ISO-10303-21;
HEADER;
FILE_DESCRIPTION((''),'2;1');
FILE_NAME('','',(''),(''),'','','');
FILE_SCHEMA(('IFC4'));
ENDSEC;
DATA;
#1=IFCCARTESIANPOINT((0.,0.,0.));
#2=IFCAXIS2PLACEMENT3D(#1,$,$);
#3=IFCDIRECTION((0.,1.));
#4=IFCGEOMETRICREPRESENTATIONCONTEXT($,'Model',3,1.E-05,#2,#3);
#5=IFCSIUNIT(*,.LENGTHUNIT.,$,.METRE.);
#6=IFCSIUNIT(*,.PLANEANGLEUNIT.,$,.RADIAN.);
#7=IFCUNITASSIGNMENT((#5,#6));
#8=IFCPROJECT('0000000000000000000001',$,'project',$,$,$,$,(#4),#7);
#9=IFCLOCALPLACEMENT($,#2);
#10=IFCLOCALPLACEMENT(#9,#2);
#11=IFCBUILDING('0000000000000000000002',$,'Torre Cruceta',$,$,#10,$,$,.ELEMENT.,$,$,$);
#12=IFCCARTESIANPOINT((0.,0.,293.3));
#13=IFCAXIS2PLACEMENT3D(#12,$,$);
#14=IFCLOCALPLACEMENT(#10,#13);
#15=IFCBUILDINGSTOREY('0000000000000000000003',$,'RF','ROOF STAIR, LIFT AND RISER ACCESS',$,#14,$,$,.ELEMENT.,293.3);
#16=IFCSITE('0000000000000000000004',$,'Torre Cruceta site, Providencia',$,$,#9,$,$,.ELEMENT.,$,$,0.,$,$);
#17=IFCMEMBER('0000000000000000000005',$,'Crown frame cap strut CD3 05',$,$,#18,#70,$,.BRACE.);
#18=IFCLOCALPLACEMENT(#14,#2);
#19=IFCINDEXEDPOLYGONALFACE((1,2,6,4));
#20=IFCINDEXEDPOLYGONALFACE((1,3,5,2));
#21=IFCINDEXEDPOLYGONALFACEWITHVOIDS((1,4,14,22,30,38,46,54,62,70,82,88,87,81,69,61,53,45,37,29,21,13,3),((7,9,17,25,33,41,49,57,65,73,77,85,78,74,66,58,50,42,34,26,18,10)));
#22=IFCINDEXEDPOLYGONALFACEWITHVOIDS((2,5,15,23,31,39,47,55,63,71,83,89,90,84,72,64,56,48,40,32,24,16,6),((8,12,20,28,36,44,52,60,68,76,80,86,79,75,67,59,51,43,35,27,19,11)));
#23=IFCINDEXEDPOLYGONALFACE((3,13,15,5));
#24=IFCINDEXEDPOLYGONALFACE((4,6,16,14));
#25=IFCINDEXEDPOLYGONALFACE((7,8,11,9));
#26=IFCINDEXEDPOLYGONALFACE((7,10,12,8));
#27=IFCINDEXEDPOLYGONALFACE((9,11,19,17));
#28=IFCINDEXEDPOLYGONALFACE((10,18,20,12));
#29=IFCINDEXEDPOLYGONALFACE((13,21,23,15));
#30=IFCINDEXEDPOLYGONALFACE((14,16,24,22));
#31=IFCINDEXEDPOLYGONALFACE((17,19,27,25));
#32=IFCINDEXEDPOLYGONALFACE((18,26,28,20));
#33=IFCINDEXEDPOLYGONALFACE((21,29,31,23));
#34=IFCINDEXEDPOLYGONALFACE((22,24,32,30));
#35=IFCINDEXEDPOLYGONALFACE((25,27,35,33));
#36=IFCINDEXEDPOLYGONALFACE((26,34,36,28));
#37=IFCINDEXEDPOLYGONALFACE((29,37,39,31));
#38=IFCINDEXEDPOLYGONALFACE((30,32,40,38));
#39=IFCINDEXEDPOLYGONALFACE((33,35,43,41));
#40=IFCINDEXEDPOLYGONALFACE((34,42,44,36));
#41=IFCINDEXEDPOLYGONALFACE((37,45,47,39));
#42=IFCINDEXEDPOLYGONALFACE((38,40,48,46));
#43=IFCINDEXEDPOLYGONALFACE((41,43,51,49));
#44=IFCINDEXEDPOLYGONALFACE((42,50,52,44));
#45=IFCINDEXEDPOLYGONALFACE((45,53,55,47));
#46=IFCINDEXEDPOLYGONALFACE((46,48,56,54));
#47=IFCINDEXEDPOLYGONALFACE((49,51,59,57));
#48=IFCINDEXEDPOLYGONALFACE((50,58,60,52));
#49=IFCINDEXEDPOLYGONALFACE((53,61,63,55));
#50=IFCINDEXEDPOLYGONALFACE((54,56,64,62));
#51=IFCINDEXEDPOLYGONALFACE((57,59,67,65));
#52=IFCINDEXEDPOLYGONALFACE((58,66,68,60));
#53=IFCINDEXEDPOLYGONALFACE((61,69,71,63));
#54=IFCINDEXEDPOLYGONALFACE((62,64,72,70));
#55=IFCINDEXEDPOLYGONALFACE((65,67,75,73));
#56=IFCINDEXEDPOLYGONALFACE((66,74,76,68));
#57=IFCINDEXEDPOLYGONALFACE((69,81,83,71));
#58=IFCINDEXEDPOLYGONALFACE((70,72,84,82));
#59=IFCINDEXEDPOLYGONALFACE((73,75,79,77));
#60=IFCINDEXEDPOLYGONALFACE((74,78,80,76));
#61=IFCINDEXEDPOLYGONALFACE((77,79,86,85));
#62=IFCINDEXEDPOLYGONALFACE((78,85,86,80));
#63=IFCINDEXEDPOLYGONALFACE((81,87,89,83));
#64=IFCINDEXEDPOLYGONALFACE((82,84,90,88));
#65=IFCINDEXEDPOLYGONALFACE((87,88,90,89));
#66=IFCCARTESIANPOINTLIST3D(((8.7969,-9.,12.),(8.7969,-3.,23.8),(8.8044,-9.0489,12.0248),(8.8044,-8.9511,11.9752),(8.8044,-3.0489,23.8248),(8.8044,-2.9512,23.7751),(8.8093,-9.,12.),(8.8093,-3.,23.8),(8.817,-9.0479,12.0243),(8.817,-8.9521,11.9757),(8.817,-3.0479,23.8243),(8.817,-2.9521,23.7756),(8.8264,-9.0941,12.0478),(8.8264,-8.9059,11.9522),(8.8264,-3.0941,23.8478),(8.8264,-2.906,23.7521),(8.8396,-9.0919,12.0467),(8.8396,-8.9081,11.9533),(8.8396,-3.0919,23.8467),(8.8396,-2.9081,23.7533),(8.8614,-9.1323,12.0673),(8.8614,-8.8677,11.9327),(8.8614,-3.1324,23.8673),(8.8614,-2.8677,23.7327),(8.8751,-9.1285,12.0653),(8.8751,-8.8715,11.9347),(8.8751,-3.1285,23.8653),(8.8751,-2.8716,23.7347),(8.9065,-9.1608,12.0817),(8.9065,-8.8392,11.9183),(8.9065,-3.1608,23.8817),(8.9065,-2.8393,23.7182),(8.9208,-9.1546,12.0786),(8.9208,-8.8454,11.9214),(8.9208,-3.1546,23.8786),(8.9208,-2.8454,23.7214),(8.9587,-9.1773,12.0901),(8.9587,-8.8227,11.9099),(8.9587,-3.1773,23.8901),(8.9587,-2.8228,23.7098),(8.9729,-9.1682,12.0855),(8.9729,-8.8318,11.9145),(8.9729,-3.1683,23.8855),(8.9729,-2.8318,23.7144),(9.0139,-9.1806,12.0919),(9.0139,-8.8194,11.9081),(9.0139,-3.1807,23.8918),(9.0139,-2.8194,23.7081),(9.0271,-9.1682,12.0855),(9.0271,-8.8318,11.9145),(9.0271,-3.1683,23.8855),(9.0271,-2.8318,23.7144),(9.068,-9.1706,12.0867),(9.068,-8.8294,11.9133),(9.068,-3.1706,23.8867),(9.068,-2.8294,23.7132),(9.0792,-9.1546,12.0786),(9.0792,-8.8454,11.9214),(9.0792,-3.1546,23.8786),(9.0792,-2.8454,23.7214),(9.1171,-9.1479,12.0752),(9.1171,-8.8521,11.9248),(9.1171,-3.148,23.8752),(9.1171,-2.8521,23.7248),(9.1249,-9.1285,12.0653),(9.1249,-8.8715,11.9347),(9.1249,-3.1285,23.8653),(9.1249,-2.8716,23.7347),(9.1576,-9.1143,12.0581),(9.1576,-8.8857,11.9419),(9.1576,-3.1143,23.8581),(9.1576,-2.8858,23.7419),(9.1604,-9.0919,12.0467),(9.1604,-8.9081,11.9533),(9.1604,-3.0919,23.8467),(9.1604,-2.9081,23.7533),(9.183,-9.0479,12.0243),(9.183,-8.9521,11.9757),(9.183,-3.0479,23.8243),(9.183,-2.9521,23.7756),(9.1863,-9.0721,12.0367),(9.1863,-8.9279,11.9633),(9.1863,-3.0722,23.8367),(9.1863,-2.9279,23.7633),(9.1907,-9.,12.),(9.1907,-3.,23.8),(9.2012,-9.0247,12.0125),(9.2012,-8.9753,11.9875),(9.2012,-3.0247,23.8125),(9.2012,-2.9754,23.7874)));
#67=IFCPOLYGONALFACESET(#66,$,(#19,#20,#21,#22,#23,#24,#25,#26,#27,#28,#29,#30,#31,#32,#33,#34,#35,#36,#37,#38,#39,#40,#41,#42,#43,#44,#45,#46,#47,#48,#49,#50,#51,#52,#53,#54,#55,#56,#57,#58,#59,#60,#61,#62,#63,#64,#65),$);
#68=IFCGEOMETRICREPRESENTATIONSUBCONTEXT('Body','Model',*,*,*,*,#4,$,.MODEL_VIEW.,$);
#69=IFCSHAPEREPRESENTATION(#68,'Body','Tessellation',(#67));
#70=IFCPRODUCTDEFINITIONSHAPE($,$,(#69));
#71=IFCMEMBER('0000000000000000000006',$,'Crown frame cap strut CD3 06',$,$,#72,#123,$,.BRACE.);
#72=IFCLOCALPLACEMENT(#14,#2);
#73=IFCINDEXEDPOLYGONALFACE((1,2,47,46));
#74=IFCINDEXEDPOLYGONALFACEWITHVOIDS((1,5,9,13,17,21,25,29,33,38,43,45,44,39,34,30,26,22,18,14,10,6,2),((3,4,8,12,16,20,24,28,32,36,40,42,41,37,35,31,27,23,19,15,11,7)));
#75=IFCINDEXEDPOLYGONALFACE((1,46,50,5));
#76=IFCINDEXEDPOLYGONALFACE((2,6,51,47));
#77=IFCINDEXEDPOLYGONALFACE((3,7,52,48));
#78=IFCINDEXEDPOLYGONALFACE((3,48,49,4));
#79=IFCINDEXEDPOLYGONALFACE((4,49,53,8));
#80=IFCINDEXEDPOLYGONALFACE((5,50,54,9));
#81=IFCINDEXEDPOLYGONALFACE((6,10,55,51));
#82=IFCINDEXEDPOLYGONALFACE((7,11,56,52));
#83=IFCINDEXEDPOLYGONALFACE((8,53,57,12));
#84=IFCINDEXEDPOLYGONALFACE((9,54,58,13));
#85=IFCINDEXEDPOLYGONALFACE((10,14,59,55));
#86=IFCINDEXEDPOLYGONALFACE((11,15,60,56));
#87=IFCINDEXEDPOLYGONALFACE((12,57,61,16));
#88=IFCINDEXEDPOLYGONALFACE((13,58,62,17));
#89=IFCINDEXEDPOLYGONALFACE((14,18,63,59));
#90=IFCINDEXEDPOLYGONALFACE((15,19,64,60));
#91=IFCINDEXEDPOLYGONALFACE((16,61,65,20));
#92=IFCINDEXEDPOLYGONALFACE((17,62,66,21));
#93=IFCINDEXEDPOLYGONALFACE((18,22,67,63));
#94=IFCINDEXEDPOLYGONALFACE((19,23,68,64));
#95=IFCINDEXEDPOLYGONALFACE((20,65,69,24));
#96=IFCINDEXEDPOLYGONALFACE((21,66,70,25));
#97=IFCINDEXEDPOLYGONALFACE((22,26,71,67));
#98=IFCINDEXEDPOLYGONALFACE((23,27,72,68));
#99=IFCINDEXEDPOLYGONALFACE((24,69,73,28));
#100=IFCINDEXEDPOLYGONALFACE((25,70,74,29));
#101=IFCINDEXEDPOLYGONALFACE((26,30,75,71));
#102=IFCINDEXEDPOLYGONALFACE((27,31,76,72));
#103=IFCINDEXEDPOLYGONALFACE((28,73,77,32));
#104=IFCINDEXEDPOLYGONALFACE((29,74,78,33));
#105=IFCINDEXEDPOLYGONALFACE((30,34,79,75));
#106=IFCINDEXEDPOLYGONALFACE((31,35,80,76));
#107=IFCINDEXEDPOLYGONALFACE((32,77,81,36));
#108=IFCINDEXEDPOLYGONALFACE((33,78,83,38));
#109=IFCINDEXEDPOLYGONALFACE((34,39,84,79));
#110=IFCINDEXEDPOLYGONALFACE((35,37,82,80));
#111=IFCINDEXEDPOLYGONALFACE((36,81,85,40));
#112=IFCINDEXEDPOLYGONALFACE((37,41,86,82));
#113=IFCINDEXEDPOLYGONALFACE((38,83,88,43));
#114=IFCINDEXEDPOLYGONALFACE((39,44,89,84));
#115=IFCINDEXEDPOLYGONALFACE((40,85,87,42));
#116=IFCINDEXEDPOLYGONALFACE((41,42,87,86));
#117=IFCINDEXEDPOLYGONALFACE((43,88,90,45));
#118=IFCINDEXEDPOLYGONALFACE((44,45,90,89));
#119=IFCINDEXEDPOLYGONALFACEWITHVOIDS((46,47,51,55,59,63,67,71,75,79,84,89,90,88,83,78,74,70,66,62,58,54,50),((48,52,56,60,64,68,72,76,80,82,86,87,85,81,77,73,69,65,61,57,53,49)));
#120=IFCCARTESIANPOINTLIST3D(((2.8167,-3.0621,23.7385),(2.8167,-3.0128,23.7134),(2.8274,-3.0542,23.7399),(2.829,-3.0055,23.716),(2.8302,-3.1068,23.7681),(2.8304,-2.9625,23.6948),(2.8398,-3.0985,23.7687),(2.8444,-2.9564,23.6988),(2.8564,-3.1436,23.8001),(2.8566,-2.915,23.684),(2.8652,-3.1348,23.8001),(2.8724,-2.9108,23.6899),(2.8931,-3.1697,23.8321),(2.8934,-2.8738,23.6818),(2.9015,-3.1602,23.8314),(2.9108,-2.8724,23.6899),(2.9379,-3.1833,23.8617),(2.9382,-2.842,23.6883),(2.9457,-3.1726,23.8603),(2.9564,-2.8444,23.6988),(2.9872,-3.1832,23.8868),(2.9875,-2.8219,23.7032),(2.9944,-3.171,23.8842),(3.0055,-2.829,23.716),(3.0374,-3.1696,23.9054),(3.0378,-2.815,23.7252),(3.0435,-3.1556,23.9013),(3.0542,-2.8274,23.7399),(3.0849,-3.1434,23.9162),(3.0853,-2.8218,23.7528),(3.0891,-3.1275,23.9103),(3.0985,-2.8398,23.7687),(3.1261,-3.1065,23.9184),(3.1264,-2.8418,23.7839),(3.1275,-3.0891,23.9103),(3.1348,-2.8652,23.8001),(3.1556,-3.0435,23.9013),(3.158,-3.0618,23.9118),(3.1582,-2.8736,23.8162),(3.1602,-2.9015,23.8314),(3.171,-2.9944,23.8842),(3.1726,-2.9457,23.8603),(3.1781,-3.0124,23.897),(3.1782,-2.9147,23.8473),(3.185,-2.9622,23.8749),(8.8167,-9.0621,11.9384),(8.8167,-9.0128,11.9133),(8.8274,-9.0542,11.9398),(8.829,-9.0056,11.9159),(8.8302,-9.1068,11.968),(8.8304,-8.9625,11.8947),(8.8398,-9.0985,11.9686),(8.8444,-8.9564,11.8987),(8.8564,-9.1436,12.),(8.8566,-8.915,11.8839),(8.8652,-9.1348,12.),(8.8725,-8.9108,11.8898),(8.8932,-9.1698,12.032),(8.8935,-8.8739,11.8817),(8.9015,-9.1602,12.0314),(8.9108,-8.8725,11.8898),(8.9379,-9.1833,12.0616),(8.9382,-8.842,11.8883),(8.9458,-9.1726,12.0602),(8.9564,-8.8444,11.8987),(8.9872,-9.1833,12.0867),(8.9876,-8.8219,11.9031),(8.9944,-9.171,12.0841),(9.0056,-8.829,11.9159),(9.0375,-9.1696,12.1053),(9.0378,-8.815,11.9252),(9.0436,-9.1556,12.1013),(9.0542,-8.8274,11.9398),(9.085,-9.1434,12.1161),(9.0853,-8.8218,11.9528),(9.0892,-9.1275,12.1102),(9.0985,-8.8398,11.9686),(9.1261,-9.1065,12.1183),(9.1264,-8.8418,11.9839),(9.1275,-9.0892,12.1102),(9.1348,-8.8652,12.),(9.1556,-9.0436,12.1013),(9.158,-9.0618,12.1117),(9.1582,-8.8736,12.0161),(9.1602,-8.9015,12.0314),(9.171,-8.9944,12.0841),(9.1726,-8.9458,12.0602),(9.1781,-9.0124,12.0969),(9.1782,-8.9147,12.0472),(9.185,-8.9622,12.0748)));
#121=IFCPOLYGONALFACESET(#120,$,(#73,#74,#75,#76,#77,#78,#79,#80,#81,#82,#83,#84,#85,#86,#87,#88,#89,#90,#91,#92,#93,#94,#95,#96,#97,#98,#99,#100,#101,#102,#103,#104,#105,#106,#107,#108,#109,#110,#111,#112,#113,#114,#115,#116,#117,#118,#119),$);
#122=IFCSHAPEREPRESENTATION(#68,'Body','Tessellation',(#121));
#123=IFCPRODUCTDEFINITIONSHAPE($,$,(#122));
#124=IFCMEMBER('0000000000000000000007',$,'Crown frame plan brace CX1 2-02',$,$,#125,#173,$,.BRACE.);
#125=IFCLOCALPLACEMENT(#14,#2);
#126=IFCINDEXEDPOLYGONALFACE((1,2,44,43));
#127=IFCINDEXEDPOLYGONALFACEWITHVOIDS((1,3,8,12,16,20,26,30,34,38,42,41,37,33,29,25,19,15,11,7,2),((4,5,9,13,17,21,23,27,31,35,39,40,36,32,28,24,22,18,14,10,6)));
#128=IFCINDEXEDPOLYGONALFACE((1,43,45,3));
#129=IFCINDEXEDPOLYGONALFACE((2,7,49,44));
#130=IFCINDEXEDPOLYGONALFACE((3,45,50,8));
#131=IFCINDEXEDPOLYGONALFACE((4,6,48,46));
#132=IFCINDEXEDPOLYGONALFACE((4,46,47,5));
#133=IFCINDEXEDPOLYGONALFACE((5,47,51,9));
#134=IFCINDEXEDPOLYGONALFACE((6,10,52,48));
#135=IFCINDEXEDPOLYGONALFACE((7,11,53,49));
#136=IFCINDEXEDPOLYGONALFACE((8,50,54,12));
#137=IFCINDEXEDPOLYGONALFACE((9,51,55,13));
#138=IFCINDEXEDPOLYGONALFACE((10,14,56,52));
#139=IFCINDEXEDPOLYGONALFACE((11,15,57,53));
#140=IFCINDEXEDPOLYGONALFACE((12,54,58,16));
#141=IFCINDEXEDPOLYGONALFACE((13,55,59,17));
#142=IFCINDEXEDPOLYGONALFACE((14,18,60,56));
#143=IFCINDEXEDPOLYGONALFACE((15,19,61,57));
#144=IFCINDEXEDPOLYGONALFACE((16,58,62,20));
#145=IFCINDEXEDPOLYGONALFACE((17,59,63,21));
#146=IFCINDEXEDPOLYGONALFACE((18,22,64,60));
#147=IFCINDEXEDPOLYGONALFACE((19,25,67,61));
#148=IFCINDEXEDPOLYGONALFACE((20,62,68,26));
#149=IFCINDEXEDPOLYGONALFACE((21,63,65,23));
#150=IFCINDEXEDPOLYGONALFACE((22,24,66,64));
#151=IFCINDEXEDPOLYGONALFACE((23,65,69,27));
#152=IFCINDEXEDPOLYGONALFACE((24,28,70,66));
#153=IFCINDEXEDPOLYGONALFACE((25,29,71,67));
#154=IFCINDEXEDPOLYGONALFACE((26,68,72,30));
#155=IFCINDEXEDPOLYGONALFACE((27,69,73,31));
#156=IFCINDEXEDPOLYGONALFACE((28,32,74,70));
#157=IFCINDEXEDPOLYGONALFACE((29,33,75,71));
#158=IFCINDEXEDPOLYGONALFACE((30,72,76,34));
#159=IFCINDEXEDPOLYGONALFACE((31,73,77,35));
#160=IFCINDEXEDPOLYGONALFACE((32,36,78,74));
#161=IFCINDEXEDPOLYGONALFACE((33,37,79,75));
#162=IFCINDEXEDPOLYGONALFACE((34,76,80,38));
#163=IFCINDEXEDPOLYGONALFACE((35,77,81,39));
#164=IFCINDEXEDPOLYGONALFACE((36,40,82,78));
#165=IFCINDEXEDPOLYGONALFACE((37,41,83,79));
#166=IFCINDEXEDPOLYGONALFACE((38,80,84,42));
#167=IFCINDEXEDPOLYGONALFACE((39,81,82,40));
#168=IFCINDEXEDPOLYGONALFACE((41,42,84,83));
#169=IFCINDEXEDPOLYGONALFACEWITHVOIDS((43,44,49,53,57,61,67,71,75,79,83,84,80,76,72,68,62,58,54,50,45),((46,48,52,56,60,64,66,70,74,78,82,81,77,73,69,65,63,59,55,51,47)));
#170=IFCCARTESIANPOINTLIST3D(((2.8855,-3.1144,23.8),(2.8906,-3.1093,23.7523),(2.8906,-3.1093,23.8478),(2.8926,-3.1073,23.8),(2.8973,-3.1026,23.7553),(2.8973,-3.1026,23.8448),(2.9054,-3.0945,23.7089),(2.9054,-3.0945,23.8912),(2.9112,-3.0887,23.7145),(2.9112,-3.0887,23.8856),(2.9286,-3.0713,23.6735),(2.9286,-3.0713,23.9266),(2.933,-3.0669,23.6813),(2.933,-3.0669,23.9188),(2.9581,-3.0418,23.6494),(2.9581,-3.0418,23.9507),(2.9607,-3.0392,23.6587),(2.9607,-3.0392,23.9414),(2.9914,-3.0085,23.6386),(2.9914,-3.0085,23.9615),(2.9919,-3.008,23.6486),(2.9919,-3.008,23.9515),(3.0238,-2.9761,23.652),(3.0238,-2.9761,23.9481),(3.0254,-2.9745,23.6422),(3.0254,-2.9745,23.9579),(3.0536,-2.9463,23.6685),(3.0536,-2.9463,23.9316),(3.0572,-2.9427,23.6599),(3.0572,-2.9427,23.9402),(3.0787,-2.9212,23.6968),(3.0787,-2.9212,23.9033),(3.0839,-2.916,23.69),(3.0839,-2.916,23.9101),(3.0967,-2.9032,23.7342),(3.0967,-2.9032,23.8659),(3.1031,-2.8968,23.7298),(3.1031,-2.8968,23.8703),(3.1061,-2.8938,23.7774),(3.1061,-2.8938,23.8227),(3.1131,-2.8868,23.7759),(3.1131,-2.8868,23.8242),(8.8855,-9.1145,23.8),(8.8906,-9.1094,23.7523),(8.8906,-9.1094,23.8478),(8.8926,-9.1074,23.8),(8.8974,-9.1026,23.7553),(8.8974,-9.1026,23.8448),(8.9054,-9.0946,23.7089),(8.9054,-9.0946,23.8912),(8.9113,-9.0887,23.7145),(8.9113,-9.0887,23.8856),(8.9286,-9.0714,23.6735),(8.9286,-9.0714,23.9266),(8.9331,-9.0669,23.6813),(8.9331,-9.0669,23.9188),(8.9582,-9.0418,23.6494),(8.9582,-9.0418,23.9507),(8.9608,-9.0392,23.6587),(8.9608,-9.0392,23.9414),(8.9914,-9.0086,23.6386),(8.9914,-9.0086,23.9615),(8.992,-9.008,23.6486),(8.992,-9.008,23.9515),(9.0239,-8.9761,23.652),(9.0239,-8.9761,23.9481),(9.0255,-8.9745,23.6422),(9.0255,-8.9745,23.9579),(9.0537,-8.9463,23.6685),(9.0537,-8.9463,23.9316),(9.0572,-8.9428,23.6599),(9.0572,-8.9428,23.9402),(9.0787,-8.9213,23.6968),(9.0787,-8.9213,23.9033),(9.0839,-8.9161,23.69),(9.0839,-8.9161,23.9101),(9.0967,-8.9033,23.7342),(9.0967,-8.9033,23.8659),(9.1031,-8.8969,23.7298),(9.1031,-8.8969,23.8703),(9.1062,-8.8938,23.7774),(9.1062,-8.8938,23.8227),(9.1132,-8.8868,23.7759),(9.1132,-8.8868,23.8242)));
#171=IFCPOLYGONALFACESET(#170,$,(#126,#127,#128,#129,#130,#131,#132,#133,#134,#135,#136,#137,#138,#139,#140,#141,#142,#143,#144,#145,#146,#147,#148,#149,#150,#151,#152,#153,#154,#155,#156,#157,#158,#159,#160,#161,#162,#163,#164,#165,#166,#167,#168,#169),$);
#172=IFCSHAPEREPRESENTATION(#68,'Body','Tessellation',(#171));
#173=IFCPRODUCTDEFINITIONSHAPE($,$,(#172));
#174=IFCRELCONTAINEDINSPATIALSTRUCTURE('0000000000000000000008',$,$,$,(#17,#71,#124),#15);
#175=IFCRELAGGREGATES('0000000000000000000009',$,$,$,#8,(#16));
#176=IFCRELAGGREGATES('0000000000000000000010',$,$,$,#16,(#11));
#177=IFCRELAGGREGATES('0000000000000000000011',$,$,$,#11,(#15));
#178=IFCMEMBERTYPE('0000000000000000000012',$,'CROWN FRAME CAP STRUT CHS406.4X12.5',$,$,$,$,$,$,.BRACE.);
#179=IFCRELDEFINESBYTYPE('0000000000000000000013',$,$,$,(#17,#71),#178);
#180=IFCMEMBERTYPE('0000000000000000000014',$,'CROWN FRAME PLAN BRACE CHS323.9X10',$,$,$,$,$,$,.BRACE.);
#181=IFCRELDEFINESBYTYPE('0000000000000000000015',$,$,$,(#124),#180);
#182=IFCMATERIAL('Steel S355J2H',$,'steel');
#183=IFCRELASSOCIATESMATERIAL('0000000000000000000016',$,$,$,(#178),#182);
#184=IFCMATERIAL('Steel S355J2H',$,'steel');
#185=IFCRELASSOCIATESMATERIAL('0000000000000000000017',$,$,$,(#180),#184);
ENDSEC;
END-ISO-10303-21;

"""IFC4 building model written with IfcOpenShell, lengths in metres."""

from ifc_helpers import new_model, si_unit, direction, frame, origin, origin_2d, place, context, subcontext, project, spatial, hollow_circle, extrude, material, material_profile, profile_set, type_object, element, save


model = new_model("IFC4")

# Units and contexts
model_context = context("Model", 3, precision=1e-05, world=origin(), true_north=direction((0.0, 1.0)))
body_context = subcontext(model_context, "Body", "Model", "MODEL_VIEW")
ifc_project = project(units=[si_unit("LENGTHUNIT", "METRE"), si_unit("PLANEANGLEUNIT", "RADIAN")], contexts=[model_context])

# Site, building, storey
site_placement = place(None, origin())
site = spatial("IfcSite", under=ifc_project, at=site_placement, Name="Torre Cruceta site, Providencia", CompositionType="ELEMENT", RefElevation=0.0)
building_placement = place(site_placement, origin())
building = spatial("IfcBuilding", under=site, at=building_placement, Name="Torre Cruceta", CompositionType="ELEMENT")
storey_placement = place(building_placement, frame((0.0, 0.0, 293.3)))
storey = spatial("IfcBuildingStorey", under=building, at=storey_placement, Name="RF", Description="ROOF STAIR, LIFT AND RISER ACCESS", CompositionType="ELEMENT", Elevation=293.3)

# Members
ifc_material_1 = material(Name="Steel S355J2H", Category="steel")
ifc_material_profile_1 = material_profile(ifc_material_1, hollow_circle(Radius=0.2031, WallThickness=0.0125, at=origin_2d()), Name="CHS406.4X12.5")
ifc_profile_set_1 = profile_set([ifc_material_profile_1], Name="Steel S355J2H")
member_type_1 = type_object("IfcMemberType", Name="CROWN FRAME CAP STRUT CHS406.4X12.5", PredefinedType="BRACE", material=ifc_profile_set_1)
for number, where, z_axis, x_axis, name in (
    (1, (9.0, -9.0, 12.0), (0.0, 0.453245, 0.891386), (-1.0, 0.0, 0.0), "Crown frame cap strut CD3 05"),
):
    element("IfcMember", number, at=place(storey_placement, frame(where, z_axis=z_axis, x_axis=x_axis)), inside=storey, type_object=member_type_1, Name=name, PredefinedType="BRACE", context=body_context, shape_type="SweptSolid", body=[
        extrude(hollow_circle(Radius=0.2031, WallThickness=0.0125, at=origin_2d()), origin(), (0.0, 0.0, 1.0), 13.2378),
    ])
member_1_placement = place(storey_placement, frame((9.0, -9.0, 12.0), z_axis=(-0.412821, 0.412821, 0.811885), x_axis=(-0.707107, -0.707107, 0.0)))
element("IfcMember", 2, at=member_1_placement, inside=storey, type_object=member_type_1, Name="Crown frame cap strut CD3 06", PredefinedType="BRACE", context=body_context, shape_type="SweptSolid", body=[
    extrude(hollow_circle(Radius=0.2031, WallThickness=0.0125, at=origin_2d()), origin(), (0.0, 0.0, 1.0), 14.5342),
])
ifc_material_2 = material(Name="Steel S355J2H", Category="steel")
ifc_material_profile_2 = material_profile(ifc_material_2, hollow_circle(Radius=0.1619, WallThickness=0.01, at=origin_2d()), Name="CHS323.9X10")
ifc_profile_set_2 = profile_set([ifc_material_profile_2], Name="Steel S355J2H")
member_type_2 = type_object("IfcMemberType", Name="CROWN FRAME PLAN BRACE CHS323.9X10", PredefinedType="BRACE", material=ifc_profile_set_2)
member_2_placement = place(storey_placement, frame((9.0, -9.0, 23.8), z_axis=(-0.707107, 0.707107, 0.0), x_axis=(-0.707107, -0.707107, 0.0)))
element("IfcMember", 3, at=member_2_placement, inside=storey, type_object=member_type_2, Name="Crown frame plan brace CX1 2-02", PredefinedType="BRACE", context=body_context, shape_type="SweptSolid", body=[
    extrude(hollow_circle(Radius=0.1619, WallThickness=0.01, at=origin_2d()), origin(), (0.0, 0.0, 1.0), 8.4854),
])

save(model, "model.ifc")
